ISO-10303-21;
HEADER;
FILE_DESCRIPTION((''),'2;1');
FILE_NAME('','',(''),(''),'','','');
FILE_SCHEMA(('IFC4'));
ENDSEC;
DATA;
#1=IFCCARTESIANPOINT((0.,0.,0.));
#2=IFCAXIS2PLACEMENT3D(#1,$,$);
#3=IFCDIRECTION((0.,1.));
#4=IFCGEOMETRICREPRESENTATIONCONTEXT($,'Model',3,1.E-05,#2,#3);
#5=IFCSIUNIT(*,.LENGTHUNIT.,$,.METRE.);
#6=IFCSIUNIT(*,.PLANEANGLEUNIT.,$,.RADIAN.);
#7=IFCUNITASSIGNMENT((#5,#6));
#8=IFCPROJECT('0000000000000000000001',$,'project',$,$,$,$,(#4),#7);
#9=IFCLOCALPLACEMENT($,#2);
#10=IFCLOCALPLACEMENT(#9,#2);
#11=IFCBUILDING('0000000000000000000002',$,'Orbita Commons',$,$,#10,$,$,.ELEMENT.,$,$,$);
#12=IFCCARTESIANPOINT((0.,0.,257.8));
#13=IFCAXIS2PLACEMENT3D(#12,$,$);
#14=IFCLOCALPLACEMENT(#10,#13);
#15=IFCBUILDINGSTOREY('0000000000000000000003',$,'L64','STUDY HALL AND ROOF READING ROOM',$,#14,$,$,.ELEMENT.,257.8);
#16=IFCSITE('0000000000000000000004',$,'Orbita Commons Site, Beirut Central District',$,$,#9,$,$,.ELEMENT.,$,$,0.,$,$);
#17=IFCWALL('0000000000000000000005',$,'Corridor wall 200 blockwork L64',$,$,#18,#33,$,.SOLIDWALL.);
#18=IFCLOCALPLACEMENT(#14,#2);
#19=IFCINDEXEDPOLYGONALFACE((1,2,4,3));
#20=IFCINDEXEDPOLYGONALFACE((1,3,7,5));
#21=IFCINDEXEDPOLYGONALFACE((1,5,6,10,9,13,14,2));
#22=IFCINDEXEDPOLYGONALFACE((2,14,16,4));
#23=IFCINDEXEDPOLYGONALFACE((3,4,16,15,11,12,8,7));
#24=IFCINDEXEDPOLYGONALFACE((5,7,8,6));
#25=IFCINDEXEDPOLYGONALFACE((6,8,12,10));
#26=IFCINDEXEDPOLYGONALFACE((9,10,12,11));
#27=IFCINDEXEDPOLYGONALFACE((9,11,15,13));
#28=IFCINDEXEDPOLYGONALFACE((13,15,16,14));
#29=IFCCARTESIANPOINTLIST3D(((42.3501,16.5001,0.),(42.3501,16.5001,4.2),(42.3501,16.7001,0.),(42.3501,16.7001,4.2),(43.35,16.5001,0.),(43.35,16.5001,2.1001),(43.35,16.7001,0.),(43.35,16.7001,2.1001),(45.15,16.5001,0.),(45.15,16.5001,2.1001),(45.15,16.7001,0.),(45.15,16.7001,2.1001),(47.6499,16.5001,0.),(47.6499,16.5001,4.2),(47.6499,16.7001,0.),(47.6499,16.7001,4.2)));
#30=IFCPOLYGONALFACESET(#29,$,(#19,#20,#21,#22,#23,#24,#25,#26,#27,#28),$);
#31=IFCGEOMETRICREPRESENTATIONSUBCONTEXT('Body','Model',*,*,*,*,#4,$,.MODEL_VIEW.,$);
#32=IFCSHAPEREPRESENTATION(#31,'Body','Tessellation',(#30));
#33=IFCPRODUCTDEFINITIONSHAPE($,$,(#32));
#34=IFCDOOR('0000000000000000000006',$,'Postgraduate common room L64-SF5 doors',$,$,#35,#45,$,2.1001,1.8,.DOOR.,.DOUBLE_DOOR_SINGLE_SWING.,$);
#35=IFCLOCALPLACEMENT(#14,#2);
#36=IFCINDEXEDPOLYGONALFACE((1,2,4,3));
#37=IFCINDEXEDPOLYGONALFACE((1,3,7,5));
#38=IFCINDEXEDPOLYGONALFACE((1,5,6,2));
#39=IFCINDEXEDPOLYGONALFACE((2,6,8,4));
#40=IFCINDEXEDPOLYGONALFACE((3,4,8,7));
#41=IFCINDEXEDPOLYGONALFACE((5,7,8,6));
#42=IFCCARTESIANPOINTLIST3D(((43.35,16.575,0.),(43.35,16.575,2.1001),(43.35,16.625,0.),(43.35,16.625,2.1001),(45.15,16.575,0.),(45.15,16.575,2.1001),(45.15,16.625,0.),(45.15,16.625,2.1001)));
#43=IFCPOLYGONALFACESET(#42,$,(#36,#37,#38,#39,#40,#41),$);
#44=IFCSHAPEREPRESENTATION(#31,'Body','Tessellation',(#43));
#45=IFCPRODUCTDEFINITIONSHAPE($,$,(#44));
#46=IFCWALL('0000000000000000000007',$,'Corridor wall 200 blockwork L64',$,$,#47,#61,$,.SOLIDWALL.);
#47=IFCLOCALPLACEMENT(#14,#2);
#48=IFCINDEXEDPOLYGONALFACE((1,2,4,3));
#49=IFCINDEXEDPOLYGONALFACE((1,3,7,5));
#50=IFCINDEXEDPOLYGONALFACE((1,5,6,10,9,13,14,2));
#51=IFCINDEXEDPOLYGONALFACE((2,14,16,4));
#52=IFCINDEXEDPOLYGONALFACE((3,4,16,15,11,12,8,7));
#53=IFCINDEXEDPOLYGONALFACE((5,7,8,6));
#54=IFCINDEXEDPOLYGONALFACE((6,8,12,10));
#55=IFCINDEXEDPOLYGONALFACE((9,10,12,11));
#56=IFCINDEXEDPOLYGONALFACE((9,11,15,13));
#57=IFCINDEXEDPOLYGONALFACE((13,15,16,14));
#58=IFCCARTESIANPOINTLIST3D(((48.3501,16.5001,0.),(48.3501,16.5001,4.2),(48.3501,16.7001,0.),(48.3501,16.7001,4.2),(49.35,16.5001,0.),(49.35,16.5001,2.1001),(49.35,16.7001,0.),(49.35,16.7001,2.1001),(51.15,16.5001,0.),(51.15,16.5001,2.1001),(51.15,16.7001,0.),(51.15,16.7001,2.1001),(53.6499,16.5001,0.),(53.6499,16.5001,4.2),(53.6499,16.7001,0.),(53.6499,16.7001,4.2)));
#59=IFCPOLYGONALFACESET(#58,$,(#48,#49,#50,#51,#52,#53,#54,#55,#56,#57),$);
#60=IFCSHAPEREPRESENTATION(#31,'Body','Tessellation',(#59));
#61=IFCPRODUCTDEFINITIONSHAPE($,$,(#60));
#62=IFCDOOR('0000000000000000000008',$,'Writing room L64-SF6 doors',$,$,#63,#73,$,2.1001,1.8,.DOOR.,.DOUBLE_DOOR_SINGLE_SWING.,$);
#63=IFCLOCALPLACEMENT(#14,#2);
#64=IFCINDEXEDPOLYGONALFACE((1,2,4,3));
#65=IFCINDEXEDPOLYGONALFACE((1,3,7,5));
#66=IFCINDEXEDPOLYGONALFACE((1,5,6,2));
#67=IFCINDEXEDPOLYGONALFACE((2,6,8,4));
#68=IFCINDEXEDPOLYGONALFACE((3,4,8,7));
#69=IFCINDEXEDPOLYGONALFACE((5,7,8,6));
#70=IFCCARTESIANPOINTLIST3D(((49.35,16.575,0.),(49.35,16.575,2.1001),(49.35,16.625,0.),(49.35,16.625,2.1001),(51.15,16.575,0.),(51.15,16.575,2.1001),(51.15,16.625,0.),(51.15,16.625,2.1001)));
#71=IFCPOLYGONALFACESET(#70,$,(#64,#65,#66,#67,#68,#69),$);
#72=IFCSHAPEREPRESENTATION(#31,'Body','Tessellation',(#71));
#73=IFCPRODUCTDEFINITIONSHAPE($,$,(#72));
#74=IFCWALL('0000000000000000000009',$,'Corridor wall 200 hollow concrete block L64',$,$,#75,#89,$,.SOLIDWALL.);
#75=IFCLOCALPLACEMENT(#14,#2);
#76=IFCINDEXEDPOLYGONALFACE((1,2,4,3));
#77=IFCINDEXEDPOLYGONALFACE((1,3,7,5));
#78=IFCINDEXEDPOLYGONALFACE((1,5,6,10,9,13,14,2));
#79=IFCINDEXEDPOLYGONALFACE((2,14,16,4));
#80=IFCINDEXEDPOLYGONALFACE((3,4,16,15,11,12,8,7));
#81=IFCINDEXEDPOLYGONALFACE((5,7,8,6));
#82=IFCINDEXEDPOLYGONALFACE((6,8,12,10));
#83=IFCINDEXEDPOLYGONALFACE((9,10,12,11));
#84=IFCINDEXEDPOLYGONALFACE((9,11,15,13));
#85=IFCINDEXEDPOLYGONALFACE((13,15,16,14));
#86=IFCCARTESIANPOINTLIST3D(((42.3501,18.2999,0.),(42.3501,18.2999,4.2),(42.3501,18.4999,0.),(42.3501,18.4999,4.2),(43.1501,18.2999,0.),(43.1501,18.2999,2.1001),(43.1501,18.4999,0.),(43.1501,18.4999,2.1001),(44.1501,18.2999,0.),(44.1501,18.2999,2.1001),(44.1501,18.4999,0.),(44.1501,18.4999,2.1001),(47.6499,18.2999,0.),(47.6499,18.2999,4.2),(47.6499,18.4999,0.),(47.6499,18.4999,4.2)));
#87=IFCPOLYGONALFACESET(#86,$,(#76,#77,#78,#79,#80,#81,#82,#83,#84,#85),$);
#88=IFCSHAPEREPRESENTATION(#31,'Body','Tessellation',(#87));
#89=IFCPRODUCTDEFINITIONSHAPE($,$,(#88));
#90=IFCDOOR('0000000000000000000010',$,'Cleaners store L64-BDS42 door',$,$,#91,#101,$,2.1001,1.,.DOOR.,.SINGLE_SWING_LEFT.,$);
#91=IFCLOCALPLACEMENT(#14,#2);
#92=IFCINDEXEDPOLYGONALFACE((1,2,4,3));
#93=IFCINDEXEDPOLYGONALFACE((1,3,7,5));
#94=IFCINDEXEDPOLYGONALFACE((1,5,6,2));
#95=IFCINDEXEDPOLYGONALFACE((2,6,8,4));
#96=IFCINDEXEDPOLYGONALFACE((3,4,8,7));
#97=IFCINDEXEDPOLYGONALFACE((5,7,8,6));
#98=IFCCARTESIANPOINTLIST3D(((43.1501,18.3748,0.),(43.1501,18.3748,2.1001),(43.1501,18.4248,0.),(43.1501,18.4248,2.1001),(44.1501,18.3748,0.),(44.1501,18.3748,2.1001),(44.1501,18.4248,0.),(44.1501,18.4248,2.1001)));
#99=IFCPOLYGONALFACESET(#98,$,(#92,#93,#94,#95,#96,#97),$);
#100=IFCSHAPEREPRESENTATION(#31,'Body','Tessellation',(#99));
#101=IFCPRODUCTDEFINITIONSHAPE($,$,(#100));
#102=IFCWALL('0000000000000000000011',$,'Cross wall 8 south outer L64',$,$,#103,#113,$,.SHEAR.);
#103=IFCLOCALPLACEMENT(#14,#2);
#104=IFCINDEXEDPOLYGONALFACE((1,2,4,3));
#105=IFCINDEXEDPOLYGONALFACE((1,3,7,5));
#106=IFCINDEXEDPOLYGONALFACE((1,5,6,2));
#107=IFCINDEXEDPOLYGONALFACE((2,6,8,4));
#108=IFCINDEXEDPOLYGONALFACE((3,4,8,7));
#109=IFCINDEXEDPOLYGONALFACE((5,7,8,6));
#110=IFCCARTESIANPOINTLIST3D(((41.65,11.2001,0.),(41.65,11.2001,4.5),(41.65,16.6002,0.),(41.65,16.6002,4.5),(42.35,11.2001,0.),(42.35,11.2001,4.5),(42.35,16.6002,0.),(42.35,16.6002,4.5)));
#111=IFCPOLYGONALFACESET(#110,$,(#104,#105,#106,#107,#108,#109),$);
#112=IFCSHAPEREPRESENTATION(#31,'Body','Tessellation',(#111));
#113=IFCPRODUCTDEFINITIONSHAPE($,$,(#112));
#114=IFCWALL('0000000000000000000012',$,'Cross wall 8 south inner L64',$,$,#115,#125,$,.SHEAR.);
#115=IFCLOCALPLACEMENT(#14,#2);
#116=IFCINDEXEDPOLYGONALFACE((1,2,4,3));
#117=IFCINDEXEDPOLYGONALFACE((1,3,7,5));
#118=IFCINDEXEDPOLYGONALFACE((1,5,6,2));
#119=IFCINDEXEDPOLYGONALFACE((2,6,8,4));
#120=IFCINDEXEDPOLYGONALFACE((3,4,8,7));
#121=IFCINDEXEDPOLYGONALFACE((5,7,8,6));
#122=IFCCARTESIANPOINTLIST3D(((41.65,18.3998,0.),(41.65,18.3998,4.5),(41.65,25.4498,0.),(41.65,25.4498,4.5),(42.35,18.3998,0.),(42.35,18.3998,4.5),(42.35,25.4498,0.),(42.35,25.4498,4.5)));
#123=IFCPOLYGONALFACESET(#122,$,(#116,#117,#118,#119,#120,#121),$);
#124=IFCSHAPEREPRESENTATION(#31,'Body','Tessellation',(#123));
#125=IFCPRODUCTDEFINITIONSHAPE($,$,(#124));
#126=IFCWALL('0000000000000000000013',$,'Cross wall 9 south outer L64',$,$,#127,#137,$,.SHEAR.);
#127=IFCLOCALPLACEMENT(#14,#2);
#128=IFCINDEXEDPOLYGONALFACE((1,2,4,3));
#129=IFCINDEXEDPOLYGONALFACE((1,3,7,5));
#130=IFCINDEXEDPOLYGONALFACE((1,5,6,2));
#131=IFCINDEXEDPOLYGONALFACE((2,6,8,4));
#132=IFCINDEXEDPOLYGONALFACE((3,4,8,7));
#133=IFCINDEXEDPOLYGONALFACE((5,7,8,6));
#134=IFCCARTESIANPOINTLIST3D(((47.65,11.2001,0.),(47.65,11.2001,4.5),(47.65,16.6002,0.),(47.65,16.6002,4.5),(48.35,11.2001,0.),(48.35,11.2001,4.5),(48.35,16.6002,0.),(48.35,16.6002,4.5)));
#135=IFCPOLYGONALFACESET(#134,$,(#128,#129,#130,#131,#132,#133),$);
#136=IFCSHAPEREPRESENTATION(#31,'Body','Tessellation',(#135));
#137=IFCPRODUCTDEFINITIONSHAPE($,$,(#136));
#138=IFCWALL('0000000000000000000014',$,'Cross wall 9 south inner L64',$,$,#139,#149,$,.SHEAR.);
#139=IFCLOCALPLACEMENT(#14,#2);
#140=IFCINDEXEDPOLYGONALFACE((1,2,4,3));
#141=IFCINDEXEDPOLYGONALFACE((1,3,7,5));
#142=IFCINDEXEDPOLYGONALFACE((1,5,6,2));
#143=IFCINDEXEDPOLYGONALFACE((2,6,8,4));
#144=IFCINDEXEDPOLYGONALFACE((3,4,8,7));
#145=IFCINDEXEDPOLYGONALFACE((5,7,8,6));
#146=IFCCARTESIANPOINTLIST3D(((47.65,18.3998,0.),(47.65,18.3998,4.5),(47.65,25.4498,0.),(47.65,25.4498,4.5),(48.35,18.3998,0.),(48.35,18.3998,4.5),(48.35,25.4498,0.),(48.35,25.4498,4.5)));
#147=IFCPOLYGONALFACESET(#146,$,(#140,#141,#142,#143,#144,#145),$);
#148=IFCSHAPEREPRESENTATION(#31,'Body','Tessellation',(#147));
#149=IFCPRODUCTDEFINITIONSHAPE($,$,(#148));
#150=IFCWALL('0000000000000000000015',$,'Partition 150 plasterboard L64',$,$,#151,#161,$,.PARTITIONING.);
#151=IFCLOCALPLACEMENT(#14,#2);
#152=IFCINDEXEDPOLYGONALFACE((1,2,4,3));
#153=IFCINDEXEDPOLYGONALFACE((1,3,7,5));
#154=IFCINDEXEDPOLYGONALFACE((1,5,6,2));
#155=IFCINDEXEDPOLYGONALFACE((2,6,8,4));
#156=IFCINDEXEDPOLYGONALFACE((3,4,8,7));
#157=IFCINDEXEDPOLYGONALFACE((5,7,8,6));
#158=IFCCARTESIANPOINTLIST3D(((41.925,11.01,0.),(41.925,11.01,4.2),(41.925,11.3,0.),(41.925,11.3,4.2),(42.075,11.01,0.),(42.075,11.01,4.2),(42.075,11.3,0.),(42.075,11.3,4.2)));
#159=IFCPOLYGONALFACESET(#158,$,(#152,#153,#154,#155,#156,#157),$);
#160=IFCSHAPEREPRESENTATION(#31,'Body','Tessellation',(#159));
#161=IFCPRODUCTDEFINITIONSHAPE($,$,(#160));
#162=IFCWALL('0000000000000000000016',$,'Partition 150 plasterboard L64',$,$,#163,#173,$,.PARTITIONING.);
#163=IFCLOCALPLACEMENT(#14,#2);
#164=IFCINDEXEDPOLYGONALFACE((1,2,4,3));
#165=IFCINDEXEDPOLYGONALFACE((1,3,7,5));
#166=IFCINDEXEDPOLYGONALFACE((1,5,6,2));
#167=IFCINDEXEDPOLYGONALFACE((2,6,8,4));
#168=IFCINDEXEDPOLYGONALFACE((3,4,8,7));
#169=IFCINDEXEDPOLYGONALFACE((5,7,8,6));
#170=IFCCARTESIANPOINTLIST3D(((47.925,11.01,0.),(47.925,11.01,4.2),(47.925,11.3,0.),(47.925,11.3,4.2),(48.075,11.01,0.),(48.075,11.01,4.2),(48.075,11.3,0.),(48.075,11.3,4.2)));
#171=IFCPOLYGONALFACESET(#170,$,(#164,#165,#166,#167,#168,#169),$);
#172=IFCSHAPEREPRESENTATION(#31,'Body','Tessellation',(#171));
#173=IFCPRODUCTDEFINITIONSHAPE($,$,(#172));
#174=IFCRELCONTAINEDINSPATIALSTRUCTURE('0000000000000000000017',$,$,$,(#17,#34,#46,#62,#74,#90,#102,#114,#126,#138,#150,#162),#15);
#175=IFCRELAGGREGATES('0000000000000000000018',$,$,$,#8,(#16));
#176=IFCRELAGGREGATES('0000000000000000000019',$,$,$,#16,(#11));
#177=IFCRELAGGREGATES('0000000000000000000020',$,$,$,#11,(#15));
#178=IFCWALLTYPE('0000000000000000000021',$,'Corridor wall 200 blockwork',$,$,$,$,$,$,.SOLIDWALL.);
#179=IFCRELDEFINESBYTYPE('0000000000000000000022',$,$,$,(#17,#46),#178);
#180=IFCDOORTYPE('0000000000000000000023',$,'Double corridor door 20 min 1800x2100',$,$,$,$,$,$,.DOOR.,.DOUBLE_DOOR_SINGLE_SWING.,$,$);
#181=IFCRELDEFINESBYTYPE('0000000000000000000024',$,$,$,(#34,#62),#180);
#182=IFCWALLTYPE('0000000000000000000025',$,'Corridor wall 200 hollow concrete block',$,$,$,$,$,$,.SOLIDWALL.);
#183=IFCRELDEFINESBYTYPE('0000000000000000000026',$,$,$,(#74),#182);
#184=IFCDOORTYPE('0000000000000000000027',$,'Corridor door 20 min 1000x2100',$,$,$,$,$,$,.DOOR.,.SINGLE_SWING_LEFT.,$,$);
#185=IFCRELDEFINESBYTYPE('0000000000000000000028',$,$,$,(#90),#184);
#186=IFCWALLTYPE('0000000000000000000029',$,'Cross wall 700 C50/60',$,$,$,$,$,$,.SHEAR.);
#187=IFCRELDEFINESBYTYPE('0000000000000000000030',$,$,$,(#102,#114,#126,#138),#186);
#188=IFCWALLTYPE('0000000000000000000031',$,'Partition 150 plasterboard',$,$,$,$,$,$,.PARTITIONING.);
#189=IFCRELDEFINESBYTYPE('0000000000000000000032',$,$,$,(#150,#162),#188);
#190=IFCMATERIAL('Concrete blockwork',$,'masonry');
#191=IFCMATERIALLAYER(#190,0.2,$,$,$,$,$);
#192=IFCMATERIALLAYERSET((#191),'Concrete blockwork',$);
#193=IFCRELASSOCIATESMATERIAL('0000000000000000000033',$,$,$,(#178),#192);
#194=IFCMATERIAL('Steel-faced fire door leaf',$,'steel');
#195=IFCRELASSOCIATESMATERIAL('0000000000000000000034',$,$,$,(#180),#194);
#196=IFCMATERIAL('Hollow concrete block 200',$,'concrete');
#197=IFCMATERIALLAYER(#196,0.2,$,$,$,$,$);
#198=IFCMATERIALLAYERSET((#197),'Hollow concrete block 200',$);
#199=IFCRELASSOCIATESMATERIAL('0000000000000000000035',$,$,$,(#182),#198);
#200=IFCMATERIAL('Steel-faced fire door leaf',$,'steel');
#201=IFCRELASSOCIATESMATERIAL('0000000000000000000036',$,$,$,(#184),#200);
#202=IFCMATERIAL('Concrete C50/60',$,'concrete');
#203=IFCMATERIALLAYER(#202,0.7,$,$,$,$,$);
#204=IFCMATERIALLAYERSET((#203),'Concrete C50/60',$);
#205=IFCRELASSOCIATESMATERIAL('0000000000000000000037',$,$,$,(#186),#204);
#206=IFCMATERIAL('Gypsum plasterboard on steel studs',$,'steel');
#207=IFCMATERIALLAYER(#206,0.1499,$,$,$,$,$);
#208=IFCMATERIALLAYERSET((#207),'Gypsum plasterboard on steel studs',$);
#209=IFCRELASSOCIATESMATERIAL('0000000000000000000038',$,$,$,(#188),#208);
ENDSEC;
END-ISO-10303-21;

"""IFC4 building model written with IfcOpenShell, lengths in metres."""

from ifc_helpers import new_model, si_unit, direction, frame, frame_2d, origin, place, context, subcontext, project, spatial, rectangle, extrude, material, layer, layer_set, type_object, element, fill, save


model = new_model("IFC4")

# Units and contexts
model_context = context("Model", 3, precision=1e-05, world=origin(), true_north=direction((0.0, 1.0)))
body_context = subcontext(model_context, "Body", "Model", "MODEL_VIEW")
ifc_project = project(units=[si_unit("LENGTHUNIT", "METRE"), si_unit("PLANEANGLEUNIT", "RADIAN")], contexts=[model_context])

# Site, building, storey
site_placement = place(None, origin())
site = spatial("IfcSite", under=ifc_project, at=site_placement, Name="Orbita Commons Site, Beirut Central District", CompositionType="ELEMENT", RefElevation=0.0)
building_placement = place(site_placement, origin())
building = spatial("IfcBuilding", under=site, at=building_placement, Name="Orbita Commons", CompositionType="ELEMENT")
storey_placement = place(building_placement, frame((0.0, 0.0, 257.8)))
storey = spatial("IfcBuildingStorey", under=building, at=storey_placement, Name="L64", Description="STUDY HALL AND ROOF READING ROOM", CompositionType="ELEMENT", Elevation=257.8)

# Walls, openings, doors
ifc_material_1 = material(Name="Concrete blockwork", Category="masonry")
ifc_layer_1 = layer(ifc_material_1, 0.2)
ifc_layer_set_1 = layer_set([ifc_layer_1], Name="Concrete blockwork")
wall_type_1 = type_object("IfcWallType", Name="Corridor wall 200 blockwork", PredefinedType="SOLIDWALL", material=ifc_layer_set_1)
wall_1_placement = place(storey_placement, frame((42.3501, 16.6001, 0.0), z_axis=(0.0, 0.0, 1.0), x_axis=(1.0, 0.0, 0.0)))
wall_1 = element("IfcWall", 1, at=wall_1_placement, inside=storey, type_object=wall_type_1, Name="Corridor wall 200 blockwork L64", PredefinedType="SOLIDWALL", context=body_context, shape_type="SweptSolid", body=[
    extrude(rectangle(XDim=5.2998, YDim=0.2, at=frame_2d((2.6499, 0.0))), origin(), (0.0, 0.0, 1.0), 4.2),
])
opening_1_placement = place(wall_1_placement, frame((1.0, 0.0, 0.0)))
opening_1 = element("IfcOpeningElement", 2, at=opening_1_placement, cuts=wall_1, PredefinedType="OPENING", context=body_context, shape_type="SweptSolid", body=[
    extrude(rectangle(XDim=1.8, YDim=2.1001, at=frame_2d((0.8999, 1.05))), frame((0.0, 0.1099, 0.0), z_axis=(0.0, -1.0, 0.0), x_axis=(1.0, 0.0, 0.0)), (0.0, 0.0, 1.0), 0.22),
])
ifc_material_2 = material(Name="Steel-faced fire door leaf", Category="steel")
door_type_1 = type_object("IfcDoorType", Name="Double corridor door 20 min 1800x2100", OperationType="DOUBLE_DOOR_SINGLE_SWING", PredefinedType="DOOR", material=ifc_material_2)
door_1_placement = place(opening_1_placement, origin())
door_1 = element("IfcDoor", 3, at=door_1_placement, inside=storey, type_object=door_type_1, Name="Postgraduate common room L64-SF5 doors", OperationType="DOUBLE_DOOR_SINGLE_SWING", OverallHeight=2.1001, OverallWidth=1.8, PredefinedType="DOOR", context=body_context, shape_type="SweptSolid", body=[
    extrude(rectangle(XDim=1.8, YDim=2.1001, at=frame_2d((0.8999, 1.05))), frame((0.0, 0.0249, 0.0), z_axis=(0.0, -1.0, 0.0), x_axis=(1.0, 0.0, 0.0)), (0.0, 0.0, 1.0), 0.05),
])
fill(opening_1, door_1)
wall_2_placement = place(storey_placement, frame((48.3501, 16.6001, 0.0), z_axis=(0.0, 0.0, 1.0), x_axis=(1.0, 0.0, 0.0)))
wall_2 = element("IfcWall", 4, at=wall_2_placement, inside=storey, type_object=wall_type_1, Name="Corridor wall 200 blockwork L64", PredefinedType="SOLIDWALL", context=body_context, shape_type="SweptSolid", body=[
    extrude(rectangle(XDim=5.2998, YDim=0.2, at=frame_2d((2.6499, 0.0))), origin(), (0.0, 0.0, 1.0), 4.2),
])
opening_2_placement = place(wall_2_placement, frame((1.0, 0.0, 0.0)))
opening_2 = element("IfcOpeningElement", 5, at=opening_2_placement, cuts=wall_2, PredefinedType="OPENING", context=body_context, shape_type="SweptSolid", body=[
    extrude(rectangle(XDim=1.8, YDim=2.1001, at=frame_2d((0.8999, 1.05))), frame((0.0, 0.1099, 0.0), z_axis=(0.0, -1.0, 0.0), x_axis=(1.0, 0.0, 0.0)), (0.0, 0.0, 1.0), 0.22),
])
door_2_placement = place(opening_2_placement, origin())
door_2 = element("IfcDoor", 6, at=door_2_placement, inside=storey, type_object=door_type_1, Name="Writing room L64-SF6 doors", OperationType="DOUBLE_DOOR_SINGLE_SWING", OverallHeight=2.1001, OverallWidth=1.8, PredefinedType="DOOR", context=body_context, shape_type="SweptSolid", body=[
    extrude(rectangle(XDim=1.8, YDim=2.1001, at=frame_2d((0.8999, 1.05))), frame((0.0, 0.0249, 0.0), z_axis=(0.0, -1.0, 0.0), x_axis=(1.0, 0.0, 0.0)), (0.0, 0.0, 1.0), 0.05),
])
fill(opening_2, door_2)
ifc_material_3 = material(Name="Hollow concrete block 200", Category="concrete")
ifc_layer_2 = layer(ifc_material_3, 0.2)
ifc_layer_set_2 = layer_set([ifc_layer_2], Name="Hollow concrete block 200")
wall_type_2 = type_object("IfcWallType", Name="Corridor wall 200 hollow concrete block", PredefinedType="SOLIDWALL", material=ifc_layer_set_2)
wall_3_placement = place(storey_placement, frame((42.3501, 18.3999, 0.0), z_axis=(0.0, 0.0, 1.0), x_axis=(1.0, 0.0, 0.0)))
wall_3 = element("IfcWall", 7, at=wall_3_placement, inside=storey, type_object=wall_type_2, Name="Corridor wall 200 hollow concrete block L64", PredefinedType="SOLIDWALL", context=body_context, shape_type="SweptSolid", body=[
    extrude(rectangle(XDim=5.2998, YDim=0.2, at=frame_2d((2.6499, 0.0))), origin(), (0.0, 0.0, 1.0), 4.2),
])
opening_3_placement = place(wall_3_placement, frame((0.8, 0.0, 0.0)))
opening_3 = element("IfcOpeningElement", 8, at=opening_3_placement, cuts=wall_3, PredefinedType="OPENING", context=body_context, shape_type="SweptSolid", body=[
    extrude(rectangle(XDim=1.0, YDim=2.1001, at=frame_2d((0.5, 1.05))), frame((0.0, 0.1099, 0.0), z_axis=(0.0, -1.0, 0.0), x_axis=(1.0, 0.0, 0.0)), (0.0, 0.0, 1.0), 0.22),
])
ifc_material_4 = material(Name="Steel-faced fire door leaf", Category="steel")
door_type_2 = type_object("IfcDoorType", Name="Corridor door 20 min 1000x2100", OperationType="SINGLE_SWING_LEFT", PredefinedType="DOOR", material=ifc_material_4)
door_3_placement = place(opening_3_placement, origin())
door_3 = element("IfcDoor", 9, at=door_3_placement, inside=storey, type_object=door_type_2, Name="Cleaners store L64-BDS42 door", OperationType="SINGLE_SWING_LEFT", OverallHeight=2.1001, OverallWidth=1.0, PredefinedType="DOOR", context=body_context, shape_type="SweptSolid", body=[
    extrude(rectangle(XDim=1.0, YDim=2.1001, at=frame_2d((0.5, 1.05))), frame((0.0, 0.0249, 0.0), z_axis=(0.0, -1.0, 0.0), x_axis=(1.0, 0.0, 0.0)), (0.0, 0.0, 1.0), 0.05),
])
fill(opening_3, door_3)

# Walls
ifc_material_5 = material(Name="Concrete C50/60", Category="concrete")
ifc_layer_3 = layer(ifc_material_5, 0.7)
ifc_layer_set_3 = layer_set([ifc_layer_3], Name="Concrete C50/60")
wall_type_3 = type_object("IfcWallType", Name="Cross wall 700 C50/60", PredefinedType="SHEAR", material=ifc_layer_set_3)
wall_4_placement = place(storey_placement, frame((42.0, 11.2, 0.0), z_axis=(0.0, 0.0, 1.0), x_axis=(0.0, 1.0, 0.0)))
element("IfcWall", 10, at=wall_4_placement, inside=storey, type_object=wall_type_3, Name="Cross wall 8 south outer L64", PredefinedType="SHEAR", context=body_context, shape_type="SweptSolid", body=[
    extrude(rectangle(XDim=5.4001, YDim=0.7, at=frame_2d((2.7002, 0.0))), origin(), (0.0, 0.0, 1.0), 4.5),
])
wall_5_placement = place(storey_placement, frame((42.0, 18.3999, 0.0), z_axis=(0.0, 0.0, 1.0), x_axis=(0.0, 1.0, 0.0)))
element("IfcWall", 11, at=wall_5_placement, inside=storey, type_object=wall_type_3, Name="Cross wall 8 south inner L64", PredefinedType="SHEAR", context=body_context, shape_type="SweptSolid", body=[
    extrude(rectangle(XDim=7.05, YDim=0.7, at=frame_2d((3.5249, 0.0))), origin(), (0.0, 0.0, 1.0), 4.5),
])
wall_6_placement = place(storey_placement, frame((48.0, 11.2, 0.0), z_axis=(0.0, 0.0, 1.0), x_axis=(0.0, 1.0, 0.0)))
element("IfcWall", 12, at=wall_6_placement, inside=storey, type_object=wall_type_3, Name="Cross wall 9 south outer L64", PredefinedType="SHEAR", context=body_context, shape_type="SweptSolid", body=[
    extrude(rectangle(XDim=5.4001, YDim=0.7, at=frame_2d((2.7002, 0.0))), origin(), (0.0, 0.0, 1.0), 4.5),
])
wall_7_placement = place(storey_placement, frame((48.0, 18.3999, 0.0), z_axis=(0.0, 0.0, 1.0), x_axis=(0.0, 1.0, 0.0)))
element("IfcWall", 13, at=wall_7_placement, inside=storey, type_object=wall_type_3, Name="Cross wall 9 south inner L64", PredefinedType="SHEAR", context=body_context, shape_type="SweptSolid", body=[
    extrude(rectangle(XDim=7.05, YDim=0.7, at=frame_2d((3.5249, 0.0))), origin(), (0.0, 0.0, 1.0), 4.5),
])
ifc_material_6 = material(Name="Gypsum plasterboard on steel studs", Category="steel")
ifc_layer_4 = layer(ifc_material_6, 0.1499)
ifc_layer_set_4 = layer_set([ifc_layer_4], Name="Gypsum plasterboard on steel studs")
wall_type_4 = type_object("IfcWallType", Name="Partition 150 plasterboard", PredefinedType="PARTITIONING", material=ifc_layer_set_4)
for number, where, z_axis, x_axis, name in (
    (14, (42.0, 11.3, 0.0), (0.0, 0.0, 1.0), (0.0, -1.0, 0.0), "Partition 150 plasterboard L64"),
    (15, (48.0, 11.3, 0.0), (0.0, 0.0, 1.0), (0.0, -1.0, 0.0), "Partition 150 plasterboard L64"),
):
    element("IfcWall", number, at=place(storey_placement, frame(where, z_axis=z_axis, x_axis=x_axis)), inside=storey, type_object=wall_type_4, Name=name, PredefinedType="PARTITIONING", context=body_context, shape_type="SweptSolid", body=[
        extrude(rectangle(XDim=0.29, YDim=0.1499, at=frame_2d((0.145, 0.0))), origin(), (0.0, 0.0, 1.0), 4.2),
    ])

save(model, "model.ifc")
